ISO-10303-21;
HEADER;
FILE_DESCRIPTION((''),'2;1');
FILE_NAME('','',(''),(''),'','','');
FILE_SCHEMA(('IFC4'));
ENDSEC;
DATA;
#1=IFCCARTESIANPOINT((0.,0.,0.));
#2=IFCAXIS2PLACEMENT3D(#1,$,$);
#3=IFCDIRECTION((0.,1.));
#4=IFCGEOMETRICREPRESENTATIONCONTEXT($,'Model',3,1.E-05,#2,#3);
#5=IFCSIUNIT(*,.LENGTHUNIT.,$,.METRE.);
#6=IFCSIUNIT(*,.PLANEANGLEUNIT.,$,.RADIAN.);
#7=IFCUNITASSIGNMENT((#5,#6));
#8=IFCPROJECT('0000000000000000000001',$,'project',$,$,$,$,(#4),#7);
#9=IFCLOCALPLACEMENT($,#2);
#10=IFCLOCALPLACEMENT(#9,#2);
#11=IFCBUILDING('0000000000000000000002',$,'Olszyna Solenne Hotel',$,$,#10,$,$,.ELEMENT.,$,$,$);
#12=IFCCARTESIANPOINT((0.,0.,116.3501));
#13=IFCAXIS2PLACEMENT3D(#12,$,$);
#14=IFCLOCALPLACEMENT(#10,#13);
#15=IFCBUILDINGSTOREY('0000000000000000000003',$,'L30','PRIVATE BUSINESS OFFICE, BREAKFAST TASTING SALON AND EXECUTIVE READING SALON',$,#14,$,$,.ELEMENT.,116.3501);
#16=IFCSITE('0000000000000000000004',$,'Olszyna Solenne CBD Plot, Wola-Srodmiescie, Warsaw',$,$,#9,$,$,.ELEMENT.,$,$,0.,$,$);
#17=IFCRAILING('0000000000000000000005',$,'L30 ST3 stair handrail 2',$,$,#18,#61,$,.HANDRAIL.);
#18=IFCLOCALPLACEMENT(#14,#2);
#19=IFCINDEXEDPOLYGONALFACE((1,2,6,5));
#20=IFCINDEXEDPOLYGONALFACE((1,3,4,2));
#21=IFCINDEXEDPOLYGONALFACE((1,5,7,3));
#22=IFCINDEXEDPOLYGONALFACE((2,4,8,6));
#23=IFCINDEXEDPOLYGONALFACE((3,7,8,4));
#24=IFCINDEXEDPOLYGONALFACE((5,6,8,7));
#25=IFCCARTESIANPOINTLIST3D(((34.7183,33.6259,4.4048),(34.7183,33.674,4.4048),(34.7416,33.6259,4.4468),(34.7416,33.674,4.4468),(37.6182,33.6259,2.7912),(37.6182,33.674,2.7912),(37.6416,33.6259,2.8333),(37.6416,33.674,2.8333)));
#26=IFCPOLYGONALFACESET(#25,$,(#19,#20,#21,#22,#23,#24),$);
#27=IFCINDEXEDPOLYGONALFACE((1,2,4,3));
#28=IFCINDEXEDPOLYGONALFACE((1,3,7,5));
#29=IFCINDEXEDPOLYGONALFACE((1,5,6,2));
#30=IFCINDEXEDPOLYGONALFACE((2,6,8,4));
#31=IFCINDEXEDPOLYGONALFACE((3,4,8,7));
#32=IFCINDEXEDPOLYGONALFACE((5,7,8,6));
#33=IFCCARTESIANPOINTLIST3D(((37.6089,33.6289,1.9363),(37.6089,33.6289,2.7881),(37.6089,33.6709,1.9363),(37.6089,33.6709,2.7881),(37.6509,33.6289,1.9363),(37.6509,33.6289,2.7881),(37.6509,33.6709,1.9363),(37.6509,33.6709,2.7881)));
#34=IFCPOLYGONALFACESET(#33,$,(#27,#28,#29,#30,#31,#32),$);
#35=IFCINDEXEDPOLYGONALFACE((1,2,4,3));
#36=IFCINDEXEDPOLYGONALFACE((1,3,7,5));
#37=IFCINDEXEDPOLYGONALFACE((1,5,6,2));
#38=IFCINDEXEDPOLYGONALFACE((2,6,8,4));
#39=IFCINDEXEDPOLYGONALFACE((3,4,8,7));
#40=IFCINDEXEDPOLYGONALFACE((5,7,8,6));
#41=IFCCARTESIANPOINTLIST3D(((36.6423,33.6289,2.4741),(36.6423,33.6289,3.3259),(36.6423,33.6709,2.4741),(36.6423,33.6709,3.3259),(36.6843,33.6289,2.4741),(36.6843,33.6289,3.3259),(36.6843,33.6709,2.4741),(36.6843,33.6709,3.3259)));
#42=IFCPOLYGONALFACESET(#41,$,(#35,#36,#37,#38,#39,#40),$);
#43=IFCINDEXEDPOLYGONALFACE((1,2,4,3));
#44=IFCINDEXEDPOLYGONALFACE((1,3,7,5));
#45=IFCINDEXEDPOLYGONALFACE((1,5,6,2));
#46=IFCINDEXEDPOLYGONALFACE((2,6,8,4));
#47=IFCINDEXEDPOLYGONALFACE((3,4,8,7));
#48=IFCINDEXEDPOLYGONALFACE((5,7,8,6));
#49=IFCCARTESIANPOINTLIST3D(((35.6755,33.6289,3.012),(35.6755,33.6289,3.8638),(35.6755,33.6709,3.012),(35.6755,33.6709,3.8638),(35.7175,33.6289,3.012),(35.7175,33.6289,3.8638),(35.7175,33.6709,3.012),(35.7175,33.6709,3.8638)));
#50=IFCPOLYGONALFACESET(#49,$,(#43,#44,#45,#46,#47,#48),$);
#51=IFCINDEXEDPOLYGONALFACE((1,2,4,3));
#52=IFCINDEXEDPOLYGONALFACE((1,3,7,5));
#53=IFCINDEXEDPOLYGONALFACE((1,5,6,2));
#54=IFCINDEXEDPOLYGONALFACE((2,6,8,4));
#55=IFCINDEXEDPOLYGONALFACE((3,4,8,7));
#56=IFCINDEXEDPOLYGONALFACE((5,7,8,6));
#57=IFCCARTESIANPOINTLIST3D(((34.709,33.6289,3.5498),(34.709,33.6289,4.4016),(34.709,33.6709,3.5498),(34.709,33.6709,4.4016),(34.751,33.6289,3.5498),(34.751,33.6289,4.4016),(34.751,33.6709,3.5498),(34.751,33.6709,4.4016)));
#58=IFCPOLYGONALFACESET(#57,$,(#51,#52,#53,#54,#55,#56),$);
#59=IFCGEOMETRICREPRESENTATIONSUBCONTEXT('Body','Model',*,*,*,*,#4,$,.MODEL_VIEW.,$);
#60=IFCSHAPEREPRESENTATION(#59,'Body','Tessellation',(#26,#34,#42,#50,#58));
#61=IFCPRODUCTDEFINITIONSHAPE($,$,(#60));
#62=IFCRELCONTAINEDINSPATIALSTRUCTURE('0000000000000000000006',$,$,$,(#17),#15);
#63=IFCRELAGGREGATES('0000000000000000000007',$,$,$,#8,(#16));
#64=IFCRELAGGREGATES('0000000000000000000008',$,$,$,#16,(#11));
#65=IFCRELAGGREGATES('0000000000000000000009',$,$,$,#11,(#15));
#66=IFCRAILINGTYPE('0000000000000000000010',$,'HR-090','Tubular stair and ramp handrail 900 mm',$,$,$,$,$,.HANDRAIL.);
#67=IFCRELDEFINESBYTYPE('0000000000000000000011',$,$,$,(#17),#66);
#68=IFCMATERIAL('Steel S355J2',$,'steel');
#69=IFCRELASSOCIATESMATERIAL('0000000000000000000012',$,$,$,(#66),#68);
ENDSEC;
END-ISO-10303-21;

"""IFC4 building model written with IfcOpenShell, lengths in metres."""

from ifc_helpers import new_model, si_unit, direction, frame, origin, origin_2d, place, context, subcontext, project, spatial, rectangle, extrude, material, type_object, element, save


model = new_model("IFC4")

# Units and contexts
model_context = context("Model", 3, precision=1e-05, world=origin(), true_north=direction((0.0, 1.0)))
body_context = subcontext(model_context, "Body", "Model", "MODEL_VIEW")
ifc_project = project(units=[si_unit("LENGTHUNIT", "METRE"), si_unit("PLANEANGLEUNIT", "RADIAN")], contexts=[model_context])

# Site, building, storey
site_placement = place(None, origin())
site = spatial("IfcSite", under=ifc_project, at=site_placement, Name="Olszyna Solenne CBD Plot, Wola-Srodmiescie, Warsaw", CompositionType="ELEMENT", RefElevation=0.0)
building_placement = place(site_placement, origin())
building = spatial("IfcBuilding", under=site, at=building_placement, Name="Olszyna Solenne Hotel", CompositionType="ELEMENT")
storey_placement = place(building_placement, frame((0.0, 0.0, 116.3501)))
storey = spatial("IfcBuildingStorey", under=building, at=storey_placement, Name="L30", Description="PRIVATE BUSINESS OFFICE, BREAKFAST TASTING SALON AND EXECUTIVE READING SALON", CompositionType="ELEMENT", Elevation=116.3501)

# Shared definitions
ifc_material_1 = material(Name="Steel S355J2", Category="steel")

# Railing
railing_type_1 = type_object("IfcRailingType", Name="HR-090", Description="Tubular stair and ramp handrail 900 mm", PredefinedType="HANDRAIL", material=ifc_material_1)
railing_1_placement = place(storey_placement, frame((37.6299, 33.6499, 1.9363)))
element("IfcRailing", 1, at=railing_1_placement, inside=storey, type_object=railing_type_1, Name="L30 ST3 stair handrail 2", PredefinedType="HANDRAIL", context=body_context, shape_type="SweptSolid", body=[
    extrude(rectangle(XDim=0.0481, YDim=0.0481, at=origin_2d()), frame((0.0, 0.0, 0.876), z_axis=(-0.873841, 0.0, 0.486211), x_axis=(0.0, -1.0, 0.0)), (0.0, 0.0, 1.0), 3.3186),
    extrude(rectangle(XDim=0.042, YDim=0.042, at=origin_2d()), origin(), (0.0, 0.0, 1.0), 0.8518),
    extrude(rectangle(XDim=0.042, YDim=0.042, at=origin_2d()), frame((-0.9666, 0.0, 0.5378)), (0.0, 0.0, 1.0), 0.8518),
    extrude(rectangle(XDim=0.042, YDim=0.042, at=origin_2d()), frame((-1.9333, 0.0, 1.0757)), (0.0, 0.0, 1.0), 0.8518),
    extrude(rectangle(XDim=0.042, YDim=0.042, at=origin_2d()), frame((-2.8999, 0.0, 1.6135)), (0.0, 0.0, 1.0), 0.8518),
])

save(model, "model.ifc")
